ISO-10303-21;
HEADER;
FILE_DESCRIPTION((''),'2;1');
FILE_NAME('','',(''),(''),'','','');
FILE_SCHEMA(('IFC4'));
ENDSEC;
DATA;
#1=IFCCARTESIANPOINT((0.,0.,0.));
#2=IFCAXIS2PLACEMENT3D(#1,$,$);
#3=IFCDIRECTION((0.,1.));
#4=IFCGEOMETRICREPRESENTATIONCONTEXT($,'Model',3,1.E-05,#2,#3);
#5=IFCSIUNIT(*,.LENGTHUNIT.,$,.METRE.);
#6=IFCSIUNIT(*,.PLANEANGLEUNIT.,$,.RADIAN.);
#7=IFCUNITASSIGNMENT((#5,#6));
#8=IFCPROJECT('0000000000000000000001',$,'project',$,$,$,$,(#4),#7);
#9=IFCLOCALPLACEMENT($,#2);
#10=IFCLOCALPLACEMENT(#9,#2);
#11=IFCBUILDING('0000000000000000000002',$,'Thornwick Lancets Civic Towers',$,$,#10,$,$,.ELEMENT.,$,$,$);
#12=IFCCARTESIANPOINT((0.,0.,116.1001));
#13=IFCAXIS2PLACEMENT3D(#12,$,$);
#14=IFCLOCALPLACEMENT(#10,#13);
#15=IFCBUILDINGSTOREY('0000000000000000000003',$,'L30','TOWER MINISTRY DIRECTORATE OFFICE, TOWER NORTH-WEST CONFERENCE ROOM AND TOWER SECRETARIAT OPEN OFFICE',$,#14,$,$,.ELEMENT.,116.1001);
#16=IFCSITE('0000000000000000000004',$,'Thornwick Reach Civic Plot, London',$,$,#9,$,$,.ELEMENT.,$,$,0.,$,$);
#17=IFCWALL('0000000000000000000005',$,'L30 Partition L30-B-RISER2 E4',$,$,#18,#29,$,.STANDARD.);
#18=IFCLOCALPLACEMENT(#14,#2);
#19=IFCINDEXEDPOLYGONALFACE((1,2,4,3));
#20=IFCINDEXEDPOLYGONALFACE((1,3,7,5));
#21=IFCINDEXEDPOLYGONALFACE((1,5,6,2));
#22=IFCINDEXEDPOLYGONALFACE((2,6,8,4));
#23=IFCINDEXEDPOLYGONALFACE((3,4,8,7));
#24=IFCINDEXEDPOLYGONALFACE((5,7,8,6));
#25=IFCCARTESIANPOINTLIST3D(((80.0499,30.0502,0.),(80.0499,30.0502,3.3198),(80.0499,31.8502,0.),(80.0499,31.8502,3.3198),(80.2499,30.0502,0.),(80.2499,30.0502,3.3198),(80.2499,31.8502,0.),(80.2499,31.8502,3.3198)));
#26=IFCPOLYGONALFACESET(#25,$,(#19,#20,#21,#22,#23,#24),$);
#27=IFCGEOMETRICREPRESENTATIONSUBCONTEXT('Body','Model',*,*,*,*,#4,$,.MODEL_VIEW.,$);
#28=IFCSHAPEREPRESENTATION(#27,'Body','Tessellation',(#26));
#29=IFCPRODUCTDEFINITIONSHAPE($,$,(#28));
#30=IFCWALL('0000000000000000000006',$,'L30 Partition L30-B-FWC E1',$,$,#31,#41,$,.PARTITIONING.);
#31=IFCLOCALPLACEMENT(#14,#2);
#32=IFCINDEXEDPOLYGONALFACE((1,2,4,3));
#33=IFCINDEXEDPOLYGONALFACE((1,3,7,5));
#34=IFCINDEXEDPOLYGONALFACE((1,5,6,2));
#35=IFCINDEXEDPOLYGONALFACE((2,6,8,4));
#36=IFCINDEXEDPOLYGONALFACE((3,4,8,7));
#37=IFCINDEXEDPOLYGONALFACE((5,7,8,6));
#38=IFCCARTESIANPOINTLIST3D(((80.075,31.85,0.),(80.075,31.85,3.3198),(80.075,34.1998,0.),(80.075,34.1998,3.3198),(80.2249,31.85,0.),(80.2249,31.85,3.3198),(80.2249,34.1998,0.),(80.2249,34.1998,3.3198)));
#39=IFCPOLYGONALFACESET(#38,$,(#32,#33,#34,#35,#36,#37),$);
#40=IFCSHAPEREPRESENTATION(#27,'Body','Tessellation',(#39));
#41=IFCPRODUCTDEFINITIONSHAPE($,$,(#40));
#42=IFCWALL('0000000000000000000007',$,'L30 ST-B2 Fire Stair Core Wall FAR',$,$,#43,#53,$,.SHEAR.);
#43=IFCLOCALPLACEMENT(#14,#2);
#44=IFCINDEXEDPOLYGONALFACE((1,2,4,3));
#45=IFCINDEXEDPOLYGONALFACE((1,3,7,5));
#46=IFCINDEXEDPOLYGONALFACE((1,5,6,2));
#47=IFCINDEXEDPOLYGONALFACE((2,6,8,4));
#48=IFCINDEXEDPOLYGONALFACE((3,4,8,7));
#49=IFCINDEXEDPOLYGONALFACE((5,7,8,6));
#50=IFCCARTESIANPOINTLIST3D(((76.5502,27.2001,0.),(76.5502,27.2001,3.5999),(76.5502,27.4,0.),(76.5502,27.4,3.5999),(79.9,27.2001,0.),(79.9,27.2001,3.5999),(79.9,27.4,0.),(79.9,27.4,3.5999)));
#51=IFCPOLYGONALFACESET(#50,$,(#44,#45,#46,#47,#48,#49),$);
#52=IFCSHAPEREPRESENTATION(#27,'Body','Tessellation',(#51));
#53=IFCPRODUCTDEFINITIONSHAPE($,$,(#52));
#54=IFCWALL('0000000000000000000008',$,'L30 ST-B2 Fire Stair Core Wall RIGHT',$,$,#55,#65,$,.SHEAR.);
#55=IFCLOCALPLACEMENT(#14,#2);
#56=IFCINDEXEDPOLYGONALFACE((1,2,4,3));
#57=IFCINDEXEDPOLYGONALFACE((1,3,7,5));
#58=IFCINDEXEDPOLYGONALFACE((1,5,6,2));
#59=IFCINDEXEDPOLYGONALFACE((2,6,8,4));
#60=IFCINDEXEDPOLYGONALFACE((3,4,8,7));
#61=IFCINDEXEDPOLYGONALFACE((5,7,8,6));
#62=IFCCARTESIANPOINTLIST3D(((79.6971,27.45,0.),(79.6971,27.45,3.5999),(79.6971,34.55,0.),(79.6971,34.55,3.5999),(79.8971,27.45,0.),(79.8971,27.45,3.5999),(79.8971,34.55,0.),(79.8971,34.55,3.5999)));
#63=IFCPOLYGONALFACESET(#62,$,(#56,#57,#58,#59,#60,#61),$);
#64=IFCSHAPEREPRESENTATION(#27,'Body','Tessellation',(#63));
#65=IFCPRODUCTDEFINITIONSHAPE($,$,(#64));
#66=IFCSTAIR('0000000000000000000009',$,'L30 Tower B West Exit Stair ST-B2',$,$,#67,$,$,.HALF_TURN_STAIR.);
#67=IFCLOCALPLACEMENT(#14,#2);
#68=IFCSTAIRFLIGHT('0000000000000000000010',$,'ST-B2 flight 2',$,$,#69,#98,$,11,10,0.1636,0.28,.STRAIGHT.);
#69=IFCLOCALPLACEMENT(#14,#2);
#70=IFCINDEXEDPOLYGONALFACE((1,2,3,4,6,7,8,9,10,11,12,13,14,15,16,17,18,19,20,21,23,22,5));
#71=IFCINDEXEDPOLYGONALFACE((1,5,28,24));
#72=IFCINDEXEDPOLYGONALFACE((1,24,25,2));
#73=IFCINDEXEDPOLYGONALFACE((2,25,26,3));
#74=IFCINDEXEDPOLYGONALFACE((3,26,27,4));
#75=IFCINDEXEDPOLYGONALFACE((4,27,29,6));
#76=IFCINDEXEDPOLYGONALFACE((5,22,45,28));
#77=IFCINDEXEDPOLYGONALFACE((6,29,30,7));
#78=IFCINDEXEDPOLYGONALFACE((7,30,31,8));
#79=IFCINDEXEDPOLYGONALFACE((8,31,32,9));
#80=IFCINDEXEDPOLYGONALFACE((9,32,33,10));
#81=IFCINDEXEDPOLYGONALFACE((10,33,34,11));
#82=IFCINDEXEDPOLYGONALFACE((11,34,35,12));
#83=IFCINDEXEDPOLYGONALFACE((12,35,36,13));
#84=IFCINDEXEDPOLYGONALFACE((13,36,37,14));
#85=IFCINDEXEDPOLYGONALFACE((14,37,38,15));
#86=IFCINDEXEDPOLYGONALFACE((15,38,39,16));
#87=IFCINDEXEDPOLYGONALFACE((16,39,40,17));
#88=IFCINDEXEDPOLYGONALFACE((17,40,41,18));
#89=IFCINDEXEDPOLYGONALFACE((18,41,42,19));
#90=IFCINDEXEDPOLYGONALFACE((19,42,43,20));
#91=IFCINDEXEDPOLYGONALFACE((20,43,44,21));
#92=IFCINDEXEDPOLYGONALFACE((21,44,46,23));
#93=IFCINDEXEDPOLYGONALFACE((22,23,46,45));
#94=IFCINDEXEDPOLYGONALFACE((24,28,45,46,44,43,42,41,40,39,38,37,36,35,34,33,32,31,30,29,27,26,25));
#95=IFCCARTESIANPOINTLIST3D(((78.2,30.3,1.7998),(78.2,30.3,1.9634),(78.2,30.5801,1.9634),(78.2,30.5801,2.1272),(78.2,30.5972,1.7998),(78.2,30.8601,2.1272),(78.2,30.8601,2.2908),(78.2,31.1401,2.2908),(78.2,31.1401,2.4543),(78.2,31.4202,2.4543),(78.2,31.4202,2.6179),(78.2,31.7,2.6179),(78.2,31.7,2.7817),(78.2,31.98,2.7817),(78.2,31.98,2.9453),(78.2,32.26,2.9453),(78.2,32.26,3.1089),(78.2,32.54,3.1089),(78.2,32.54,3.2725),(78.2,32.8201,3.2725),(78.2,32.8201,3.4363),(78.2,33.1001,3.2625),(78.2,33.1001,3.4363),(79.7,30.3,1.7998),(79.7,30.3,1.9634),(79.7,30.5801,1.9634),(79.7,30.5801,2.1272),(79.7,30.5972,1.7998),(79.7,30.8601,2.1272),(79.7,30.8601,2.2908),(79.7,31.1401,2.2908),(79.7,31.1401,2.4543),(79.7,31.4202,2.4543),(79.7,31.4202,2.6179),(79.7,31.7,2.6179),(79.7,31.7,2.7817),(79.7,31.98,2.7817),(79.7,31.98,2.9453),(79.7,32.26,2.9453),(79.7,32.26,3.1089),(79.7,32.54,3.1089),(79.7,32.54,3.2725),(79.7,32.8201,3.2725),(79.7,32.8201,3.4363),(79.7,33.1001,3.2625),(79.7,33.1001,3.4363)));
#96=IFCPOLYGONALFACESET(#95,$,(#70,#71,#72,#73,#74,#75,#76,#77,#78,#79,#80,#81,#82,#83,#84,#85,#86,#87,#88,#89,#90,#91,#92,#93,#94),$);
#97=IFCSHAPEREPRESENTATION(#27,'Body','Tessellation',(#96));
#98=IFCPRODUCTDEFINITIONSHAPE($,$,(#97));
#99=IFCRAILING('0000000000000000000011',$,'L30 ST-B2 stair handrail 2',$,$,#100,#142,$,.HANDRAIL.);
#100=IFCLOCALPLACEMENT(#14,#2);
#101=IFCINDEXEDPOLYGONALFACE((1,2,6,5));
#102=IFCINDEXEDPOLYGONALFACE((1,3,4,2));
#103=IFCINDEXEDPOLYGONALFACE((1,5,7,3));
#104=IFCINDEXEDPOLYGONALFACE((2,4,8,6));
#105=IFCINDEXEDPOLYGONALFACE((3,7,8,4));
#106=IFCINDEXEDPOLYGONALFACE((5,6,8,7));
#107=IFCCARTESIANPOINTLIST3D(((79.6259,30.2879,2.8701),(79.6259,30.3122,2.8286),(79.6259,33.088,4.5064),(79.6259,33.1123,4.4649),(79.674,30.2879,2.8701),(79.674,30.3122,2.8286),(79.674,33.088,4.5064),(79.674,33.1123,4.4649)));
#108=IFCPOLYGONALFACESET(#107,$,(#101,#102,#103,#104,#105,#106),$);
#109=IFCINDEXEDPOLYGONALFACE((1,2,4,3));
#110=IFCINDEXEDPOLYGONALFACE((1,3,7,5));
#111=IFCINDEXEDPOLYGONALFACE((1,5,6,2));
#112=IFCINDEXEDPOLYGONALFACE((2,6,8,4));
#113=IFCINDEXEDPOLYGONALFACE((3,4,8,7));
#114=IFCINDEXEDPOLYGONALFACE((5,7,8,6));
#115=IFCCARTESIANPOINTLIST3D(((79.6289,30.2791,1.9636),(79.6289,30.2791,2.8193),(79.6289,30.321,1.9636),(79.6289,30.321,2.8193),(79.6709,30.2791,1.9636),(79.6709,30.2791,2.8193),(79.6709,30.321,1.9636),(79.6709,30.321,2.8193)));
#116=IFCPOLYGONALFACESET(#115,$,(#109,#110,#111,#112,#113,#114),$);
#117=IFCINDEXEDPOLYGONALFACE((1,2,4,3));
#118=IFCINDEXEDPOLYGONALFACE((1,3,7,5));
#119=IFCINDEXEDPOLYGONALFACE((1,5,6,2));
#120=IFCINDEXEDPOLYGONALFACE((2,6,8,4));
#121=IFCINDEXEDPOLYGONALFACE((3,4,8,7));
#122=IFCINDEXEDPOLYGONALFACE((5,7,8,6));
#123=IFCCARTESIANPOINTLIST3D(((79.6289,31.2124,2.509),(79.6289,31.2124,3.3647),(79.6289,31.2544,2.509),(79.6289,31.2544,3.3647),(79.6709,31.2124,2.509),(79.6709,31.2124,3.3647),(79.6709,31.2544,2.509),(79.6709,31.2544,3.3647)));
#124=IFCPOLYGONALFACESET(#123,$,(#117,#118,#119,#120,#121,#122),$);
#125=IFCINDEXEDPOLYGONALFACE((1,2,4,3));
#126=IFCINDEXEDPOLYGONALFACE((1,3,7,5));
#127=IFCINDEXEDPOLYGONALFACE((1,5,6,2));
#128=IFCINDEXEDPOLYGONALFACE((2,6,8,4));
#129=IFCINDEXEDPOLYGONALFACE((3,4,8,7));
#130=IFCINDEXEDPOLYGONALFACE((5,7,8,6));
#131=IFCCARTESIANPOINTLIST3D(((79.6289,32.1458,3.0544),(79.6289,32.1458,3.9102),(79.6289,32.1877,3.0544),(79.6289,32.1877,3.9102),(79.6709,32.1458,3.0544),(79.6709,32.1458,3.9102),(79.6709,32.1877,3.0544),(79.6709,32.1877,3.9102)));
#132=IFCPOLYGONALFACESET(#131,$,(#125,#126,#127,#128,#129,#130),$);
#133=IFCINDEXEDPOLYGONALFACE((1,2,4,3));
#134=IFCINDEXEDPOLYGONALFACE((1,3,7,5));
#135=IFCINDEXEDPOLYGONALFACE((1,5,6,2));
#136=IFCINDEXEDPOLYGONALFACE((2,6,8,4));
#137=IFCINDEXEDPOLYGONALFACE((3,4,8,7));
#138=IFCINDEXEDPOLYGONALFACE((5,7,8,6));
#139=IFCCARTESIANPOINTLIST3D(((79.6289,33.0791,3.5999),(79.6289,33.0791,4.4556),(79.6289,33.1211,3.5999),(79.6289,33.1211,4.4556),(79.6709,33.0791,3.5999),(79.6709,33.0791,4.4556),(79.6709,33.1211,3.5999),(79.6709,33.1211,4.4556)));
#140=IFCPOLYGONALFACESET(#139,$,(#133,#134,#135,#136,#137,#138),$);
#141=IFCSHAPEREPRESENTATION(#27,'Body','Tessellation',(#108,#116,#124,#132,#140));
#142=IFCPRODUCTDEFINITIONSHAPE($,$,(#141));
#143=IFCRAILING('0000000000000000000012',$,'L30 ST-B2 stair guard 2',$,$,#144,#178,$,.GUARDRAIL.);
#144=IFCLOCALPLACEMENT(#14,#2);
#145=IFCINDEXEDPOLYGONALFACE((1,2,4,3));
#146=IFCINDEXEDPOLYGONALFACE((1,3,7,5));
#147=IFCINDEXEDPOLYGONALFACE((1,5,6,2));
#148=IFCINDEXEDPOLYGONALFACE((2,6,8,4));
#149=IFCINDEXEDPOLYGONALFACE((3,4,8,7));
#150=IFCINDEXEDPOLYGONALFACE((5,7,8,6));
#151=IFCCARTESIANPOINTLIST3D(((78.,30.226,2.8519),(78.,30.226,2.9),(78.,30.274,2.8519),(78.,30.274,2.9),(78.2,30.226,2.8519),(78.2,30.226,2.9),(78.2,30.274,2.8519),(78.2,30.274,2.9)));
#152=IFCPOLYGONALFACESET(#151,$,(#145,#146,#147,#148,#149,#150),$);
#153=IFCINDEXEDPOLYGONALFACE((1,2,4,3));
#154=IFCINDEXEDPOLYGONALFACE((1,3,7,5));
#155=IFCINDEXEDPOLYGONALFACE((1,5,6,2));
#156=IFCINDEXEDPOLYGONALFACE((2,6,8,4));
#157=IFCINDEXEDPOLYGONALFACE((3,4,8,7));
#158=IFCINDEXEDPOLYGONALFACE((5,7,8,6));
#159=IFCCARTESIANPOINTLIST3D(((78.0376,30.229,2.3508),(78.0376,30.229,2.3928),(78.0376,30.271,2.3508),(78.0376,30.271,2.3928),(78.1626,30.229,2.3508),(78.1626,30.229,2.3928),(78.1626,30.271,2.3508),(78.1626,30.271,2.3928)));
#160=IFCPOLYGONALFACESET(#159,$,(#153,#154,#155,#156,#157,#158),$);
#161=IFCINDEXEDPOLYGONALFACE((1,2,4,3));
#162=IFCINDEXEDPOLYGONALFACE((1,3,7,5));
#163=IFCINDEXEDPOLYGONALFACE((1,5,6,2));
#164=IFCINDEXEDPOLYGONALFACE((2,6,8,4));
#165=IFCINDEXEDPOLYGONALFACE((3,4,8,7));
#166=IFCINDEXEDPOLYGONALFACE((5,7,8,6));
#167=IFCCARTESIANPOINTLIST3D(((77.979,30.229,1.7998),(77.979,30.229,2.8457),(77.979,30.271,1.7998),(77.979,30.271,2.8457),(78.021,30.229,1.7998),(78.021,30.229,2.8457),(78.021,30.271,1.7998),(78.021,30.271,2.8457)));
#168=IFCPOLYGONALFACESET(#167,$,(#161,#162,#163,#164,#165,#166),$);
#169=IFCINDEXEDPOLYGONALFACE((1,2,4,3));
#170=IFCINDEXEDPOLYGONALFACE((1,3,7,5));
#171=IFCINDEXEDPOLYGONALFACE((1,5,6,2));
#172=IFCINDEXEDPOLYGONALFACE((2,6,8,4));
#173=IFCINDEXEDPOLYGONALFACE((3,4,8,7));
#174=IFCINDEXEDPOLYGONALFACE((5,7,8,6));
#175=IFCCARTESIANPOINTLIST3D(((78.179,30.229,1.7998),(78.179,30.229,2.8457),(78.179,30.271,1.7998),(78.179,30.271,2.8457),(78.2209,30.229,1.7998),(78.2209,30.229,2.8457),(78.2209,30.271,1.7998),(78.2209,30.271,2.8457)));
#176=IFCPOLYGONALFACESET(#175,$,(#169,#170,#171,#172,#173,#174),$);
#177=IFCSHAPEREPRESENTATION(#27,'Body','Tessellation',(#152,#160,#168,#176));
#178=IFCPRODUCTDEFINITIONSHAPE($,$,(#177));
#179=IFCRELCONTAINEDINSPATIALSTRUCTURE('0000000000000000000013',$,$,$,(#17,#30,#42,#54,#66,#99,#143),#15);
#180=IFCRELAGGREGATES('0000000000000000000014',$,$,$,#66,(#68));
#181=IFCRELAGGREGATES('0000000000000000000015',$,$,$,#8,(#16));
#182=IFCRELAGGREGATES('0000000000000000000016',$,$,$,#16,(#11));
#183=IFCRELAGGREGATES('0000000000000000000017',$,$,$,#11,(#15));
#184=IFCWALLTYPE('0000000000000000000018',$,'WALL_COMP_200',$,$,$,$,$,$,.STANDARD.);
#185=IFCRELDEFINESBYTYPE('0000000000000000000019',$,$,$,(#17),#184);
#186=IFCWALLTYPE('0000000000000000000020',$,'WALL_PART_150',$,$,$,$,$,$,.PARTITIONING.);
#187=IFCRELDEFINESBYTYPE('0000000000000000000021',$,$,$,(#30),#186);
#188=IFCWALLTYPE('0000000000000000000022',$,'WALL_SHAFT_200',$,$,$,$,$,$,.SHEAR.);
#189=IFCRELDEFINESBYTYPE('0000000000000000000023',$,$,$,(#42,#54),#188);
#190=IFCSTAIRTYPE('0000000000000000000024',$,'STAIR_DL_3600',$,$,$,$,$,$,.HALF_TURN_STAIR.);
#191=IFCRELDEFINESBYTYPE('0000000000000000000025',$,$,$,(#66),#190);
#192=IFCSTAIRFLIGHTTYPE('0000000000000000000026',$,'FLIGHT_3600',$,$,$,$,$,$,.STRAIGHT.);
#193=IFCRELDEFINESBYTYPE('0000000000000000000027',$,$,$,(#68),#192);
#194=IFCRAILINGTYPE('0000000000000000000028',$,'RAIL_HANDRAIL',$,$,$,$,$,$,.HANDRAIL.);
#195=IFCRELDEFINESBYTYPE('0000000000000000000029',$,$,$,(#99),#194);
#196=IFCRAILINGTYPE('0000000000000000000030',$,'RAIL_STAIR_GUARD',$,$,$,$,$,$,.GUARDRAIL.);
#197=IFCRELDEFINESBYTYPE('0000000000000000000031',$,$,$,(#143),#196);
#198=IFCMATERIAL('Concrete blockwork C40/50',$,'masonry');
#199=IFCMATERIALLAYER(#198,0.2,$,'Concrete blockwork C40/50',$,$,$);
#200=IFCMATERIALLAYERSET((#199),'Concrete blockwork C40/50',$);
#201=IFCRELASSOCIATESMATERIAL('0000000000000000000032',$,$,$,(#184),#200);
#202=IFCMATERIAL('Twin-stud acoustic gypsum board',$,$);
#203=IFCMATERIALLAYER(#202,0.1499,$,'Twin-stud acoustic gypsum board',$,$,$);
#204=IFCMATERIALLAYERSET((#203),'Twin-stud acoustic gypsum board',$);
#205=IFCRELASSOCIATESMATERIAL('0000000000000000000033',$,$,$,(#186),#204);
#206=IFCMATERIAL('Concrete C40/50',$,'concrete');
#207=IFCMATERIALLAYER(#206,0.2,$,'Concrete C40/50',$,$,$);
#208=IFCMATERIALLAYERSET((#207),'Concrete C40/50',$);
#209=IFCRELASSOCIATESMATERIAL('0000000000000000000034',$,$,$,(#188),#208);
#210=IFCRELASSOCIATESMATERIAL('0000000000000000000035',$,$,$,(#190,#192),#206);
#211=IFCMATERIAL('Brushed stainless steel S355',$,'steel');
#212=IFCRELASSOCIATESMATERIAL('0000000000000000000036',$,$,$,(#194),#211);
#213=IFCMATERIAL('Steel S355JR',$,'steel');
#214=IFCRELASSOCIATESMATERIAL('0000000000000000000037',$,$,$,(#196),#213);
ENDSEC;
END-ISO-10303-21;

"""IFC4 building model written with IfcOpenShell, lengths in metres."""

from ifc_helpers import new_model, si_unit, direction, frame, frame_2d, origin, origin_2d, place, context, subcontext, project, spatial, polyline, rectangle, outline, extrude, material, layer, layer_set, type_object, element, aggregate, save


model = new_model("IFC4")

# Units and contexts
model_context = context("Model", 3, precision=1e-05, world=origin(), true_north=direction((0.0, 1.0)))
body_context = subcontext(model_context, "Body", "Model", "MODEL_VIEW")
ifc_project = project(units=[si_unit("LENGTHUNIT", "METRE"), si_unit("PLANEANGLEUNIT", "RADIAN")], contexts=[model_context])

# Site, building, storey
site_placement = place(None, origin())
site = spatial("IfcSite", under=ifc_project, at=site_placement, Name="Thornwick Reach Civic Plot, London", CompositionType="ELEMENT", RefElevation=0.0)
building_placement = place(site_placement, origin())
building = spatial("IfcBuilding", under=site, at=building_placement, Name="Thornwick Lancets Civic Towers", CompositionType="ELEMENT")
storey_placement = place(building_placement, frame((0.0, 0.0, 116.1001)))
storey = spatial("IfcBuildingStorey", under=building, at=storey_placement, Name="L30", Description="TOWER MINISTRY DIRECTORATE OFFICE, TOWER NORTH-WEST CONFERENCE ROOM AND TOWER SECRETARIAT OPEN OFFICE", CompositionType="ELEMENT", Elevation=116.1001)

# Shared definitions
ifc_material_1 = material(Name="Concrete blockwork C40/50", Category="masonry")
ifc_layer_1 = layer(ifc_material_1, 0.2, Name="Concrete blockwork C40/50")
ifc_layer_set_1 = layer_set([ifc_layer_1], Name="Concrete blockwork C40/50")
wall_type_1 = type_object("IfcWallType", Name="WALL_COMP_200", PredefinedType="STANDARD", material=ifc_layer_set_1)

# Walls
wall_1_placement = place(storey_placement, frame((80.1499, 31.8501, 0.0), z_axis=(0.0, 0.0, 1.0), x_axis=(0.0, -1.0, 0.0)))
element("IfcWall", 1, at=wall_1_placement, inside=storey, type_object=wall_type_1, Name="L30 Partition L30-B-RISER2 E4", PredefinedType="STANDARD", context=body_context, shape_type="SweptSolid", body=[
    extrude(rectangle(XDim=1.8, YDim=0.2, at=frame_2d((0.8999, 0.0))), origin(), (0.0, 0.0, 1.0), 3.3198),
])
ifc_material_2 = material(Name="Twin-stud acoustic gypsum board")
ifc_layer_2 = layer(ifc_material_2, 0.1499, Name="Twin-stud acoustic gypsum board")
ifc_layer_set_2 = layer_set([ifc_layer_2], Name="Twin-stud acoustic gypsum board")
wall_type_2 = type_object("IfcWallType", Name="WALL_PART_150", PredefinedType="PARTITIONING", material=ifc_layer_set_2)
wall_2_placement = place(storey_placement, frame((80.1499, 31.8501, 0.0), z_axis=(0.0, 0.0, 1.0), x_axis=(0.0, 1.0, 0.0)))
element("IfcWall", 2, at=wall_2_placement, inside=storey, type_object=wall_type_2, Name="L30 Partition L30-B-FWC E1", PredefinedType="PARTITIONING", context=body_context, shape_type="SweptSolid", body=[
    extrude(rectangle(XDim=2.3499, YDim=0.1499, at=frame_2d((1.1748, 0.0))), origin(), (0.0, 0.0, 1.0), 3.3198),
])
ifc_material_3 = material(Name="Concrete C40/50", Category="concrete")
ifc_layer_3 = layer(ifc_material_3, 0.2, Name="Concrete C40/50")
ifc_layer_set_3 = layer_set([ifc_layer_3], Name="Concrete C40/50")
wall_type_3 = type_object("IfcWallType", Name="WALL_SHAFT_200", PredefinedType="SHEAR", material=ifc_layer_set_3)
wall_3_placement = place(storey_placement, frame((79.8999, 27.3, 0.0), z_axis=(0.0, 0.0, 1.0), x_axis=(-1.0, 0.0, 0.0)))
element("IfcWall", 3, at=wall_3_placement, inside=storey, type_object=wall_type_3, Name="L30 ST-B2 Fire Stair Core Wall FAR", PredefinedType="SHEAR", context=body_context, shape_type="SweptSolid", body=[
    extrude(rectangle(XDim=3.3499, YDim=0.2, at=frame_2d((1.6748, 0.0))), origin(), (0.0, 0.0, 1.0), 3.5999),
])
wall_4_placement = place(storey_placement, frame((79.7971, 27.45, 0.0), z_axis=(0.0, 0.0, 1.0), x_axis=(0.0, 1.0, 0.0)))
element("IfcWall", 4, at=wall_4_placement, inside=storey, type_object=wall_type_3, Name="L30 ST-B2 Fire Stair Core Wall RIGHT", PredefinedType="SHEAR", context=body_context, shape_type="SweptSolid", body=[
    extrude(rectangle(XDim=7.1001, YDim=0.2, at=frame_2d((3.55, 0.0))), origin(), (0.0, 0.0, 1.0), 3.5999),
])

# Stair, stair flight
stair_type = type_object("IfcStairType", Name="STAIR_DL_3600", PredefinedType="HALF_TURN_STAIR", material=ifc_material_3)
stair_placement = place(storey_placement, origin())
stair = element("IfcStair", 5, at=stair_placement, inside=storey, type_object=stair_type, Name="L30 Tower B West Exit Stair ST-B2", PredefinedType="HALF_TURN_STAIR")
stair_flight_type = type_object("IfcStairFlightType", Name="FLIGHT_3600", PredefinedType="STRAIGHT", material=ifc_material_3)
stair_flight_placement = place(storey_placement, frame((78.95, 30.3, 1.7998), z_axis=(0.0, 0.0, 1.0), x_axis=(0.0, 1.0, 0.0)))
stair_flight = element("IfcStairFlight", 6, at=stair_flight_placement, type_object=stair_flight_type, Name="ST-B2 flight 2", NumberOfRisers=11, NumberOfTreads=10, PredefinedType="STRAIGHT", RiserHeight=0.1636, TreadLength=0.28, context=body_context, shape_type="SweptSolid", body=[
    extrude(outline(polyline([(0.0, 0.0), (0.0, 0.1636), (0.28, 0.1636), (0.28, 0.3274), (0.5601, 0.3274), (0.5601, 0.491), (0.8401, 0.491), (0.8401, 0.6545), (1.1201, 0.6545), (1.1201, 0.8181), (1.3999, 0.8181), (1.3999, 0.9819), (1.6799, 0.9819), (1.6799, 1.1455), (1.96, 1.1455), (1.96, 1.3091), (2.24, 1.3091), (2.24, 1.4727), (2.52, 1.4727), (2.52, 1.6365), (2.8, 1.6365), (2.8, 1.8), (2.8, 1.4626), (0.2971, 0.0), (0.0, 0.0)])), frame((0.0, 0.75, 0.0), z_axis=(0.0, -1.0, 0.0), x_axis=(1.0, 0.0, 0.0)), (0.0, 0.0, 1.0), 1.5),
])
aggregate(stair, [stair_flight])

# Railings
ifc_material_4 = material(Name="Brushed stainless steel S355", Category="steel")
railing_type_1 = type_object("IfcRailingType", Name="RAIL_HANDRAIL", PredefinedType="HANDRAIL", material=ifc_material_4)
railing_1_placement = place(storey_placement, frame((79.6499, 30.3, 1.9636)))
element("IfcRailing", 7, at=railing_1_placement, inside=storey, type_object=railing_type_1, Name="L30 ST-B2 stair handrail 2", PredefinedType="HANDRAIL", context=body_context, shape_type="SweptSolid", body=[
    extrude(rectangle(XDim=0.0481, YDim=0.0481, at=origin_2d()), frame((0.0, 0.0, 0.8857), z_axis=(0.0, 0.863394, 0.504531), x_axis=(-1.0, 0.0, 0.0)), (0.0, 0.0, 1.0), 3.2432),
    extrude(rectangle(XDim=0.042, YDim=0.042, at=origin_2d()), origin(), (0.0, 0.0, 1.0), 0.8557),
    extrude(rectangle(XDim=0.042, YDim=0.042, at=origin_2d()), frame((0.0, 0.9333, 0.5454)), (0.0, 0.0, 1.0), 0.8557),
    extrude(rectangle(XDim=0.042, YDim=0.042, at=origin_2d()), frame((0.0, 1.8667, 1.0908)), (0.0, 0.0, 1.0), 0.8557),
    extrude(rectangle(XDim=0.042, YDim=0.042, at=origin_2d()), frame((0.0, 2.8, 1.6362)), (0.0, 0.0, 1.0), 0.8557),
])
ifc_material_5 = material(Name="Steel S355JR", Category="steel")
railing_type_2 = type_object("IfcRailingType", Name="RAIL_STAIR_GUARD", PredefinedType="GUARDRAIL", material=ifc_material_5)
railing_2_placement = place(storey_placement, frame((78.0, 30.25, 1.7998)))
element("IfcRailing", 8, at=railing_2_placement, inside=storey, type_object=railing_type_2, Name="L30 ST-B2 stair guard 2", PredefinedType="GUARDRAIL", context=body_context, shape_type="SweptSolid", body=[
    extrude(rectangle(XDim=0.0481, YDim=0.0481, at=origin_2d()), frame((0.0, 0.0, 1.0762), z_axis=(1.0, 0.0, 0.0), x_axis=(0.0, 1.0, 0.0)), (0.0, 0.0, 1.0), 0.2),
    extrude(rectangle(XDim=0.042, YDim=0.042, at=origin_2d()), frame((0.0376, 0.0, 0.572), z_axis=(1.0, 0.0, 0.0), x_axis=(0.0, 1.0, 0.0)), (0.0, 0.0, 1.0), 0.125),
    extrude(rectangle(XDim=0.042, YDim=0.042, at=origin_2d()), origin(), (0.0, 0.0, 1.0), 1.0459),
    extrude(rectangle(XDim=0.042, YDim=0.042, at=origin_2d()), frame((0.2, 0.0, 0.0)), (0.0, 0.0, 1.0), 1.0459),
])

save(model, "model.ifc")
